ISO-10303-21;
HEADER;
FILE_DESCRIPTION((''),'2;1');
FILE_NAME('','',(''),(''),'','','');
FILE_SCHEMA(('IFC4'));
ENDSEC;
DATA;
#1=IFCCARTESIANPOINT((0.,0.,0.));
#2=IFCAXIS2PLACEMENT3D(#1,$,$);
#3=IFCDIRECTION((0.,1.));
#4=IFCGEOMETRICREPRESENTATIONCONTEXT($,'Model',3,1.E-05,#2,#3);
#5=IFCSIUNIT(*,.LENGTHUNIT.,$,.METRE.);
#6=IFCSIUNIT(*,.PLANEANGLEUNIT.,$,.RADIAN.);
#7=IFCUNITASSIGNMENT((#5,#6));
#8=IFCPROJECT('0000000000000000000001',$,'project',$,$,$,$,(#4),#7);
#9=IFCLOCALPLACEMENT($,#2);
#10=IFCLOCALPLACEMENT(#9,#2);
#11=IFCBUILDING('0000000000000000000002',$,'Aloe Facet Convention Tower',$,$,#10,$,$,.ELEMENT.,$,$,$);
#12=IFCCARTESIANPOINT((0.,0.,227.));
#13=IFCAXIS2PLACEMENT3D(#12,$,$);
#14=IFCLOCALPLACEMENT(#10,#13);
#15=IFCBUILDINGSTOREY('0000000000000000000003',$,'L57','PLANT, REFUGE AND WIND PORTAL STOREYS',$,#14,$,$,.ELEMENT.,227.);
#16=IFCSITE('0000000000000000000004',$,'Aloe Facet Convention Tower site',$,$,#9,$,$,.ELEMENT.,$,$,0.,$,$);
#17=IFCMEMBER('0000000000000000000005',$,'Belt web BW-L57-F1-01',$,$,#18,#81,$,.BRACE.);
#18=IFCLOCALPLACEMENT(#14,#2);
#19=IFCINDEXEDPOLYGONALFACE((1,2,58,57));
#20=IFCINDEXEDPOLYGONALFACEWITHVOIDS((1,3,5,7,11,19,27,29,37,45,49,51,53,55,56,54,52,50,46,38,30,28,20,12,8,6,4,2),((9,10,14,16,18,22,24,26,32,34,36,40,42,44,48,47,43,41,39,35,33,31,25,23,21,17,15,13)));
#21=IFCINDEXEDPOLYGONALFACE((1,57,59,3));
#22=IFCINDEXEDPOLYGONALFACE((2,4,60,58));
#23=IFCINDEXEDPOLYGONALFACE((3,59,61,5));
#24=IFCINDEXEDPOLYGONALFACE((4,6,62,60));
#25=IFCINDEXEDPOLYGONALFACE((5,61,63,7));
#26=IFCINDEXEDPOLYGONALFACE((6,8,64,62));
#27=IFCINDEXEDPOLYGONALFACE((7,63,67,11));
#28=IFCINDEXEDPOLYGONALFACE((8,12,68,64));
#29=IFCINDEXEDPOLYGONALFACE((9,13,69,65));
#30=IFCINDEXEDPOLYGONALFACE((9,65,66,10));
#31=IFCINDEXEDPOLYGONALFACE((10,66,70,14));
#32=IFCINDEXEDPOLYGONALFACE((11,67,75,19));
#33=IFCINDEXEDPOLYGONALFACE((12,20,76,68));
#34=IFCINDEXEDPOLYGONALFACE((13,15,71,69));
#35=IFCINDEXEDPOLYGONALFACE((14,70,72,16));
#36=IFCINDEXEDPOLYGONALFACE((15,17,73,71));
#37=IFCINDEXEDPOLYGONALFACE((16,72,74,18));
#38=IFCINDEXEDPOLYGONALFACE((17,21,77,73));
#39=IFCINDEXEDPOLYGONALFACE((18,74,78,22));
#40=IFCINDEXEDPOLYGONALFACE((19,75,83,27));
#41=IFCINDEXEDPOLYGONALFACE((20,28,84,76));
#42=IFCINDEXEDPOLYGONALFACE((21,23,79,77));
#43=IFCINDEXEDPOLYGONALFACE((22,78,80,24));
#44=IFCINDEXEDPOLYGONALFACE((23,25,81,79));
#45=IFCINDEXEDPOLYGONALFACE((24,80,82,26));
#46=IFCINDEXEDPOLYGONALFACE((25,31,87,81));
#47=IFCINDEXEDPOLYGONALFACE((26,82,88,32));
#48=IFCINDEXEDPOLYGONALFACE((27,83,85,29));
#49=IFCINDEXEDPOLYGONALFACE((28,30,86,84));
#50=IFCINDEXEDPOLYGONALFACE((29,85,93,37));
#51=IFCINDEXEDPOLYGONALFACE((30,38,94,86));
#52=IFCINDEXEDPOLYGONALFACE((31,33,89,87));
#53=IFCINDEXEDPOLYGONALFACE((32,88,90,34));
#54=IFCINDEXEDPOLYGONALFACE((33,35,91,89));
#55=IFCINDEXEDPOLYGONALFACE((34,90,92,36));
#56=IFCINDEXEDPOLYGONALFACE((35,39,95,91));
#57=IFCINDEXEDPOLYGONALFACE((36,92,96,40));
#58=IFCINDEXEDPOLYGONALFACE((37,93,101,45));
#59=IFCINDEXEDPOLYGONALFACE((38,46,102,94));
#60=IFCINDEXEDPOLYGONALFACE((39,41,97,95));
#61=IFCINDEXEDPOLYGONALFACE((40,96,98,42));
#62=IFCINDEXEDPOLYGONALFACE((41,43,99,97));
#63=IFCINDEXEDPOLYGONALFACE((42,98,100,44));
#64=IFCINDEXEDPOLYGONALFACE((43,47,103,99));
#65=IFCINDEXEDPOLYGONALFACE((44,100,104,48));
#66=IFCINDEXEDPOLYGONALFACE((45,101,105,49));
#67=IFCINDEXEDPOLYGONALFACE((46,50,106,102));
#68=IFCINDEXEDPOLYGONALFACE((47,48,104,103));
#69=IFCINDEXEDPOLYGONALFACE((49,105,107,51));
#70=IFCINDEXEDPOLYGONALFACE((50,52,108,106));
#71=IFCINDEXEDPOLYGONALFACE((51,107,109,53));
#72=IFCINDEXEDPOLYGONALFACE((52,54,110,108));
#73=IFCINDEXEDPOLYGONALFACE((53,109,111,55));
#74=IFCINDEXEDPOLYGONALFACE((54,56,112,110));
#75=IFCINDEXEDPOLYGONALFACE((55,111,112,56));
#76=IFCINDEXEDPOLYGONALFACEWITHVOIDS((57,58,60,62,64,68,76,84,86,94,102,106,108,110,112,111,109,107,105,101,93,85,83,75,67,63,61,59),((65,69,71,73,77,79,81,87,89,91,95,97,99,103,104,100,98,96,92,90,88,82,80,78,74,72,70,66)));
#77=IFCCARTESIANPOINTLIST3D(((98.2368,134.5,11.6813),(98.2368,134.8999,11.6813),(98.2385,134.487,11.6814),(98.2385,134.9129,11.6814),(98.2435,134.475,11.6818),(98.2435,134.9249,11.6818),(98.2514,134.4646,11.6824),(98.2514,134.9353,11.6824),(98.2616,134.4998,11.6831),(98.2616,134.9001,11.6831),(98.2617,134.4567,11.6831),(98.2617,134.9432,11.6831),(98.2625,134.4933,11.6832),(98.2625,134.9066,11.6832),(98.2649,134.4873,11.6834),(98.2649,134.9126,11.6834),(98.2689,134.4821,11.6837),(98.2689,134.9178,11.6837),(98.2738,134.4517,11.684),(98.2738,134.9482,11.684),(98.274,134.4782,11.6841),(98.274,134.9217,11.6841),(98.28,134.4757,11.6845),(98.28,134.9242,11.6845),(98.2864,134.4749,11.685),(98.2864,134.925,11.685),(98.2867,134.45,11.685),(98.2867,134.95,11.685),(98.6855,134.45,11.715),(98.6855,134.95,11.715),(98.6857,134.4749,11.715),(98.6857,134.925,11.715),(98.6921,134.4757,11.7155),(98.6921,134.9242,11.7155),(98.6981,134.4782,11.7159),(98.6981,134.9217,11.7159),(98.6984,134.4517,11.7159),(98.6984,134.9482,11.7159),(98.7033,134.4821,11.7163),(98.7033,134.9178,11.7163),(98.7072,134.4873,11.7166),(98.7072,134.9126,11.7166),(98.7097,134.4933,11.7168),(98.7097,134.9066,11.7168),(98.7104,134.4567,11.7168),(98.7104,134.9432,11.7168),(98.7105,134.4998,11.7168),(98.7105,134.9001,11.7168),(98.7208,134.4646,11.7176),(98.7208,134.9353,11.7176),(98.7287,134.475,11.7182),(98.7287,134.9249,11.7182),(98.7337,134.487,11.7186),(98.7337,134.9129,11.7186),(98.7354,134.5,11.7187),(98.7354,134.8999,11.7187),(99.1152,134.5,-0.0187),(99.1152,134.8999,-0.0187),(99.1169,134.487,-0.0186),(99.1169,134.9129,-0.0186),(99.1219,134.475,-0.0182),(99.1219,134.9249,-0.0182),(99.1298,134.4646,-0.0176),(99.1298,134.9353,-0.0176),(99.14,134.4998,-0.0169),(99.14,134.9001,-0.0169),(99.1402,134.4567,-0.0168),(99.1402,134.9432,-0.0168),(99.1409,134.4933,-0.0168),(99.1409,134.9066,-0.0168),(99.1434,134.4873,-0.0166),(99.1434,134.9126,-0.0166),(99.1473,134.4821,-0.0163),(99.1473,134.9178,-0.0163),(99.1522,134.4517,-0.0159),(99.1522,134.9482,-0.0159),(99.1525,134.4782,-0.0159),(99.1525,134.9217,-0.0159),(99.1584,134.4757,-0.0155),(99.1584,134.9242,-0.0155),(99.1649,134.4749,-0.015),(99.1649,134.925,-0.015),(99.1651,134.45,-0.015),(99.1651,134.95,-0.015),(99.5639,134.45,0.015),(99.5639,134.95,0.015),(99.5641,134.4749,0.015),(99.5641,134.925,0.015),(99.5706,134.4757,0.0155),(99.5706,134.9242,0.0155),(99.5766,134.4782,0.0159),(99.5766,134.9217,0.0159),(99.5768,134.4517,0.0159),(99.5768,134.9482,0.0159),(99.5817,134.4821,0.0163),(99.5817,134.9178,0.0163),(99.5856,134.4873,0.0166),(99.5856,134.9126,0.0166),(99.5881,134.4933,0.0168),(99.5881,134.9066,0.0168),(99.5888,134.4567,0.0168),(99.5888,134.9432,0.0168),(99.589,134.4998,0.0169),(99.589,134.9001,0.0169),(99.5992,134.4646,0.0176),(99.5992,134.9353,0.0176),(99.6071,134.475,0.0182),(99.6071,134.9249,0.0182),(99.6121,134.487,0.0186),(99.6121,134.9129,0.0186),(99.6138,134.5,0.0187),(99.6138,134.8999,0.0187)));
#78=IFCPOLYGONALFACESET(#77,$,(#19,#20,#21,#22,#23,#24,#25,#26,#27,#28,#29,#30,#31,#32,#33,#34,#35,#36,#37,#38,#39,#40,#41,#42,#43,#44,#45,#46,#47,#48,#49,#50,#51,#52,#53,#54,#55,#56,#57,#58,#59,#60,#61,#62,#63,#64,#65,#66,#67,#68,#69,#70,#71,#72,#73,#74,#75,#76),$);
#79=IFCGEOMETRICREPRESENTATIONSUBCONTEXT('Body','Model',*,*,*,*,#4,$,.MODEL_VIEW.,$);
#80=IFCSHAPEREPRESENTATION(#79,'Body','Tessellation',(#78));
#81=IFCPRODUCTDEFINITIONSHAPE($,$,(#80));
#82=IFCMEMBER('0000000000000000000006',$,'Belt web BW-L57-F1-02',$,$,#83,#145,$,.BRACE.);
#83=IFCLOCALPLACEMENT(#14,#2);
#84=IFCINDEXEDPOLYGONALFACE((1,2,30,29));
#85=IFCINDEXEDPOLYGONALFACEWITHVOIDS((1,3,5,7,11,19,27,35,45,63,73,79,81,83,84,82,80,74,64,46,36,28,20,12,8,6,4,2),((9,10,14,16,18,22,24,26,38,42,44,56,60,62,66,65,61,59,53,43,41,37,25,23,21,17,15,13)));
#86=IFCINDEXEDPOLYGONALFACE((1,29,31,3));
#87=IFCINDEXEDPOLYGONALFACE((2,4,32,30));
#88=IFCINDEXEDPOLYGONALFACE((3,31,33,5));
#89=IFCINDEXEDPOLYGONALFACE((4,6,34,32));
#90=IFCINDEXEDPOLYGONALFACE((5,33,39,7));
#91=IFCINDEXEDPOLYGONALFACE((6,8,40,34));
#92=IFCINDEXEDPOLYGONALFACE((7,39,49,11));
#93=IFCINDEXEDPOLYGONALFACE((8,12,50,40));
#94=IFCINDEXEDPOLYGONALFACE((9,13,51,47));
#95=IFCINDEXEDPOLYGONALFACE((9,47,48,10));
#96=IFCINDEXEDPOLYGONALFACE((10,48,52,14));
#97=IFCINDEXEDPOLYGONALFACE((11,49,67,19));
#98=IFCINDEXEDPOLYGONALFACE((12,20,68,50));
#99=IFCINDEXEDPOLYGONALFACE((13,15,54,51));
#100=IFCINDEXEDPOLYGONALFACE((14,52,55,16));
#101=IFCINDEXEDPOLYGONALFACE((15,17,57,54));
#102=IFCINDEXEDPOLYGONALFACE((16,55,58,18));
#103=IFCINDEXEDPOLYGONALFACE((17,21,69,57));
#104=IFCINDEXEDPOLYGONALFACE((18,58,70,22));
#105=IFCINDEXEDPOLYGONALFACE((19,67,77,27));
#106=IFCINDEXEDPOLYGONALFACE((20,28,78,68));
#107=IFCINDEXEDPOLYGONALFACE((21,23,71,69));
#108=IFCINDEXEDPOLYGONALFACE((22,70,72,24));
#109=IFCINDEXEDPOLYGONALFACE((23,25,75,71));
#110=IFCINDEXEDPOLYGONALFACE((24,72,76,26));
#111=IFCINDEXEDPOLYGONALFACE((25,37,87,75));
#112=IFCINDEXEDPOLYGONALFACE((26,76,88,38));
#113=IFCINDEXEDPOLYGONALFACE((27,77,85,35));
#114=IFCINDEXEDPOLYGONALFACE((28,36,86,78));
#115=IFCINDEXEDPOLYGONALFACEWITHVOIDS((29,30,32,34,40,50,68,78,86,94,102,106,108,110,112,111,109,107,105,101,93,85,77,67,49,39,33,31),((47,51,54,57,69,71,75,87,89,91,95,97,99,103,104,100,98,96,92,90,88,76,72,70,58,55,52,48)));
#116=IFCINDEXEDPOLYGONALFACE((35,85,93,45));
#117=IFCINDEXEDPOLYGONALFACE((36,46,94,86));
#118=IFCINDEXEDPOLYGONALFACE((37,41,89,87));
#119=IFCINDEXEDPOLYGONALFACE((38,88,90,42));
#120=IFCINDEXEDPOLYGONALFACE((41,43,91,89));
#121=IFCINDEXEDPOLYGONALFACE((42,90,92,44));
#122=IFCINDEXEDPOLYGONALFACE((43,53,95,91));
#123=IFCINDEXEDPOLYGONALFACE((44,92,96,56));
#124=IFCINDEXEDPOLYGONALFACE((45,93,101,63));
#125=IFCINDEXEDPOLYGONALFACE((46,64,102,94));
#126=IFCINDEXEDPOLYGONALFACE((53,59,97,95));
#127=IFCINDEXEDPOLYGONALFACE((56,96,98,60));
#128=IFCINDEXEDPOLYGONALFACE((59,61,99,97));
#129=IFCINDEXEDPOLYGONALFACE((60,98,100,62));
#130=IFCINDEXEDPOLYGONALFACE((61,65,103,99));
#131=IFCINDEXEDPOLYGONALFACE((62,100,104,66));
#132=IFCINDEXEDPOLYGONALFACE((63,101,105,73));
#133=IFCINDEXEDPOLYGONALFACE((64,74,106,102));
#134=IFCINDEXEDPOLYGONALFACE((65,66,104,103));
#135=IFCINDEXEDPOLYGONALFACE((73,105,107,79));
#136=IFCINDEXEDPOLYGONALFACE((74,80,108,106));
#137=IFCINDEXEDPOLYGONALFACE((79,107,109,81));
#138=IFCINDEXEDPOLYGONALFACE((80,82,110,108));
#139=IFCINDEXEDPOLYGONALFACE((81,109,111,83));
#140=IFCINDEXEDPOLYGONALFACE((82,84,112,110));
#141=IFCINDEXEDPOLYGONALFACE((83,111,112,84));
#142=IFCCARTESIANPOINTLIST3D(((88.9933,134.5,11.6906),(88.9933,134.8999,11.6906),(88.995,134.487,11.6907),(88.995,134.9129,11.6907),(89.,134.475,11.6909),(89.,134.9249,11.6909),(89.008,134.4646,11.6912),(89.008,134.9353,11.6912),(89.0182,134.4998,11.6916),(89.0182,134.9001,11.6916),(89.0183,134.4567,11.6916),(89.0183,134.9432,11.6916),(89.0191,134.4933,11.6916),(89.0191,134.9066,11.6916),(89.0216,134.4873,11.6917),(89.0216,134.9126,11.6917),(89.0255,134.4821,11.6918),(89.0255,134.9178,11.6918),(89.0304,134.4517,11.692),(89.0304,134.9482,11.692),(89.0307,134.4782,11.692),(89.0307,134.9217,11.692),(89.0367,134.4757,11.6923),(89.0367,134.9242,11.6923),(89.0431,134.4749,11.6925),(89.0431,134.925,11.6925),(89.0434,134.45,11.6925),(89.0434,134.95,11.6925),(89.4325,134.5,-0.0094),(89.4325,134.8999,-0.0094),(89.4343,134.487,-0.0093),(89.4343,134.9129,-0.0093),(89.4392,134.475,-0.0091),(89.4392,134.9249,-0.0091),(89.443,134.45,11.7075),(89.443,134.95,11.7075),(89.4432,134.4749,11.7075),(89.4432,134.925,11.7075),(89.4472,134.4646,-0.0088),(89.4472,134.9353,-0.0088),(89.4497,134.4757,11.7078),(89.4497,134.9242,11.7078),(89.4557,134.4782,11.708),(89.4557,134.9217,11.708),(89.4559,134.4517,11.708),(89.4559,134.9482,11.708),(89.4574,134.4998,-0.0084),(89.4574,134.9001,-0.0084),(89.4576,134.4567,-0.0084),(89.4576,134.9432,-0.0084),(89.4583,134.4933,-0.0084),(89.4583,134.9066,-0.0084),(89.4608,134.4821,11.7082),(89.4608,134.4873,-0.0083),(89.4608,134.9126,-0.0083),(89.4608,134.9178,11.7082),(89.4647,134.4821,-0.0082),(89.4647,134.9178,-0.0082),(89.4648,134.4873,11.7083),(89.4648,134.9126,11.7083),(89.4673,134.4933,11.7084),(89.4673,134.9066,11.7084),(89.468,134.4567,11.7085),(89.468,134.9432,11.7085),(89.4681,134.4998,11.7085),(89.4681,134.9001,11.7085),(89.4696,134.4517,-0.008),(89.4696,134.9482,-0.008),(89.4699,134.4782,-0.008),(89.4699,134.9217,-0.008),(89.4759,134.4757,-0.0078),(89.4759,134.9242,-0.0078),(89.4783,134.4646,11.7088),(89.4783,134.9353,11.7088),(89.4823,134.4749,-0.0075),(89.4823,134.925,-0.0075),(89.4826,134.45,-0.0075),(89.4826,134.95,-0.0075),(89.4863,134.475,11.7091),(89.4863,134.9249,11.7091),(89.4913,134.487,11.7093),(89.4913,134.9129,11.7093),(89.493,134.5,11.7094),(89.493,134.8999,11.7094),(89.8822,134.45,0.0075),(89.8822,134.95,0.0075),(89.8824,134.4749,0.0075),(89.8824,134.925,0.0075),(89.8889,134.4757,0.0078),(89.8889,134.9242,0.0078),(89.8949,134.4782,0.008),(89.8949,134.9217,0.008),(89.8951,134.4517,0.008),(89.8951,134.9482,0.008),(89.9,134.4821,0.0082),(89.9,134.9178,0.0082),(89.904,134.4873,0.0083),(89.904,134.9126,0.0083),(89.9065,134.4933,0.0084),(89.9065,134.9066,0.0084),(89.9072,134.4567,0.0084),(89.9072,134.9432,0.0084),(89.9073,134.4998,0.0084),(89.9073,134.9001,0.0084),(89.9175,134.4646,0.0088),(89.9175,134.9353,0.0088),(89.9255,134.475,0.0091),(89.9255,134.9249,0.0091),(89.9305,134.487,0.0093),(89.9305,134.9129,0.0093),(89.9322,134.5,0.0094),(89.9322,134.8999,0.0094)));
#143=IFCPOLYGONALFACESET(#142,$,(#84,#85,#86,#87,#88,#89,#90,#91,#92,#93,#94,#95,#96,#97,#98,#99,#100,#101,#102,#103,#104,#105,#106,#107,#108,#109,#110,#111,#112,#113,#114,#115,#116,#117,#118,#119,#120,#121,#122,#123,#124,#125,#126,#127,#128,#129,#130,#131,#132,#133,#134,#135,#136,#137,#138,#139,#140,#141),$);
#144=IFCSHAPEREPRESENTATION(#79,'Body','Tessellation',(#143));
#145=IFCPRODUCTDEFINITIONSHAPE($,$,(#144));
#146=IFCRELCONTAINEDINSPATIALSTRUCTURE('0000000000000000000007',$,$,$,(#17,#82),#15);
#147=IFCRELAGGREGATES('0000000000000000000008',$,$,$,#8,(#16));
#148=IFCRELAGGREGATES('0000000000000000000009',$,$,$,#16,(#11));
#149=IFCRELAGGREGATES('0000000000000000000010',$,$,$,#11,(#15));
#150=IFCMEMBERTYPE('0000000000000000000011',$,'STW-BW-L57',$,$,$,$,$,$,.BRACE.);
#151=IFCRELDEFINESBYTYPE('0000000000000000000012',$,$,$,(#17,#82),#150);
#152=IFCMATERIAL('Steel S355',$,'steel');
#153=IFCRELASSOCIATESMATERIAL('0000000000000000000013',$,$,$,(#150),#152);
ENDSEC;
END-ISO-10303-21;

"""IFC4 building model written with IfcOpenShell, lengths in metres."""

from ifc_helpers import new_model, si_unit, direction, frame, origin, origin_2d, place, context, subcontext, project, spatial, hollow_rectangle, extrude, material, material_profile, profile_set, type_object, element, save


model = new_model("IFC4")

# Units and contexts
model_context = context("Model", 3, precision=1e-05, world=origin(), true_north=direction((0.0, 1.0)))
body_context = subcontext(model_context, "Body", "Model", "MODEL_VIEW")
ifc_project = project(units=[si_unit("LENGTHUNIT", "METRE"), si_unit("PLANEANGLEUNIT", "RADIAN")], contexts=[model_context])

# Site, building, storey
site_placement = place(None, origin())
site = spatial("IfcSite", under=ifc_project, at=site_placement, Name="Aloe Facet Convention Tower site", CompositionType="ELEMENT", RefElevation=0.0)
building_placement = place(site_placement, origin())
building = spatial("IfcBuilding", under=site, at=building_placement, Name="Aloe Facet Convention Tower", CompositionType="ELEMENT")
storey_placement = place(building_placement, frame((0.0, 0.0, 227.0)))
storey = spatial("IfcBuildingStorey", under=building, at=storey_placement, Name="L57", Description="PLANT, REFUGE AND WIND PORTAL STOREYS", CompositionType="ELEMENT", Elevation=227.0)

# Members
ifc_material_1 = material(Name="Steel S355", Category="steel")
ifc_material_profile_1 = material_profile(ifc_material_1, hollow_rectangle(XDim=0.5, YDim=0.5, WallThickness=0.0249, InnerFilletRadius=0.0249, OuterFilletRadius=0.05, at=origin_2d()), Name="SHS 500x500x25")
ifc_profile_set_1 = profile_set([ifc_material_profile_1], Name="Steel S355")
member_type_1 = type_object("IfcMemberType", Name="STW-BW-L57", PredefinedType="BRACE", material=ifc_profile_set_1)
member_1_placement = place(storey_placement, frame((99.3645, 134.7, 0.0), z_axis=(-0.074868, 0.0, 0.997193), x_axis=(0.0, -1.0, 0.0)))
element("IfcMember", 1, at=member_1_placement, inside=storey, type_object=member_type_1, Name="Belt web BW-L57-F1-01", PredefinedType="BRACE", context=body_context, shape_type="SweptSolid", body=[
    extrude(hollow_rectangle(XDim=0.5, YDim=0.5, WallThickness=0.0249, InnerFilletRadius=0.0249, OuterFilletRadius=0.05, at=origin_2d()), origin(), (0.0, 0.0, 1.0), 11.7329),
])
member_2_placement = place(storey_placement, frame((89.6824, 134.7, 0.0), z_axis=(-0.037513, 0.0, 0.999296), x_axis=(0.0, -1.0, 0.0)))
element("IfcMember", 2, at=member_2_placement, inside=storey, type_object=member_type_1, Name="Belt web BW-L57-F1-02", PredefinedType="BRACE", context=body_context, shape_type="SweptSolid", body=[
    extrude(hollow_rectangle(XDim=0.5, YDim=0.5, WallThickness=0.0249, InnerFilletRadius=0.0249, OuterFilletRadius=0.05, at=origin_2d()), origin(), (0.0, 0.0, 1.0), 11.7083),
])

save(model, "model.ifc")
